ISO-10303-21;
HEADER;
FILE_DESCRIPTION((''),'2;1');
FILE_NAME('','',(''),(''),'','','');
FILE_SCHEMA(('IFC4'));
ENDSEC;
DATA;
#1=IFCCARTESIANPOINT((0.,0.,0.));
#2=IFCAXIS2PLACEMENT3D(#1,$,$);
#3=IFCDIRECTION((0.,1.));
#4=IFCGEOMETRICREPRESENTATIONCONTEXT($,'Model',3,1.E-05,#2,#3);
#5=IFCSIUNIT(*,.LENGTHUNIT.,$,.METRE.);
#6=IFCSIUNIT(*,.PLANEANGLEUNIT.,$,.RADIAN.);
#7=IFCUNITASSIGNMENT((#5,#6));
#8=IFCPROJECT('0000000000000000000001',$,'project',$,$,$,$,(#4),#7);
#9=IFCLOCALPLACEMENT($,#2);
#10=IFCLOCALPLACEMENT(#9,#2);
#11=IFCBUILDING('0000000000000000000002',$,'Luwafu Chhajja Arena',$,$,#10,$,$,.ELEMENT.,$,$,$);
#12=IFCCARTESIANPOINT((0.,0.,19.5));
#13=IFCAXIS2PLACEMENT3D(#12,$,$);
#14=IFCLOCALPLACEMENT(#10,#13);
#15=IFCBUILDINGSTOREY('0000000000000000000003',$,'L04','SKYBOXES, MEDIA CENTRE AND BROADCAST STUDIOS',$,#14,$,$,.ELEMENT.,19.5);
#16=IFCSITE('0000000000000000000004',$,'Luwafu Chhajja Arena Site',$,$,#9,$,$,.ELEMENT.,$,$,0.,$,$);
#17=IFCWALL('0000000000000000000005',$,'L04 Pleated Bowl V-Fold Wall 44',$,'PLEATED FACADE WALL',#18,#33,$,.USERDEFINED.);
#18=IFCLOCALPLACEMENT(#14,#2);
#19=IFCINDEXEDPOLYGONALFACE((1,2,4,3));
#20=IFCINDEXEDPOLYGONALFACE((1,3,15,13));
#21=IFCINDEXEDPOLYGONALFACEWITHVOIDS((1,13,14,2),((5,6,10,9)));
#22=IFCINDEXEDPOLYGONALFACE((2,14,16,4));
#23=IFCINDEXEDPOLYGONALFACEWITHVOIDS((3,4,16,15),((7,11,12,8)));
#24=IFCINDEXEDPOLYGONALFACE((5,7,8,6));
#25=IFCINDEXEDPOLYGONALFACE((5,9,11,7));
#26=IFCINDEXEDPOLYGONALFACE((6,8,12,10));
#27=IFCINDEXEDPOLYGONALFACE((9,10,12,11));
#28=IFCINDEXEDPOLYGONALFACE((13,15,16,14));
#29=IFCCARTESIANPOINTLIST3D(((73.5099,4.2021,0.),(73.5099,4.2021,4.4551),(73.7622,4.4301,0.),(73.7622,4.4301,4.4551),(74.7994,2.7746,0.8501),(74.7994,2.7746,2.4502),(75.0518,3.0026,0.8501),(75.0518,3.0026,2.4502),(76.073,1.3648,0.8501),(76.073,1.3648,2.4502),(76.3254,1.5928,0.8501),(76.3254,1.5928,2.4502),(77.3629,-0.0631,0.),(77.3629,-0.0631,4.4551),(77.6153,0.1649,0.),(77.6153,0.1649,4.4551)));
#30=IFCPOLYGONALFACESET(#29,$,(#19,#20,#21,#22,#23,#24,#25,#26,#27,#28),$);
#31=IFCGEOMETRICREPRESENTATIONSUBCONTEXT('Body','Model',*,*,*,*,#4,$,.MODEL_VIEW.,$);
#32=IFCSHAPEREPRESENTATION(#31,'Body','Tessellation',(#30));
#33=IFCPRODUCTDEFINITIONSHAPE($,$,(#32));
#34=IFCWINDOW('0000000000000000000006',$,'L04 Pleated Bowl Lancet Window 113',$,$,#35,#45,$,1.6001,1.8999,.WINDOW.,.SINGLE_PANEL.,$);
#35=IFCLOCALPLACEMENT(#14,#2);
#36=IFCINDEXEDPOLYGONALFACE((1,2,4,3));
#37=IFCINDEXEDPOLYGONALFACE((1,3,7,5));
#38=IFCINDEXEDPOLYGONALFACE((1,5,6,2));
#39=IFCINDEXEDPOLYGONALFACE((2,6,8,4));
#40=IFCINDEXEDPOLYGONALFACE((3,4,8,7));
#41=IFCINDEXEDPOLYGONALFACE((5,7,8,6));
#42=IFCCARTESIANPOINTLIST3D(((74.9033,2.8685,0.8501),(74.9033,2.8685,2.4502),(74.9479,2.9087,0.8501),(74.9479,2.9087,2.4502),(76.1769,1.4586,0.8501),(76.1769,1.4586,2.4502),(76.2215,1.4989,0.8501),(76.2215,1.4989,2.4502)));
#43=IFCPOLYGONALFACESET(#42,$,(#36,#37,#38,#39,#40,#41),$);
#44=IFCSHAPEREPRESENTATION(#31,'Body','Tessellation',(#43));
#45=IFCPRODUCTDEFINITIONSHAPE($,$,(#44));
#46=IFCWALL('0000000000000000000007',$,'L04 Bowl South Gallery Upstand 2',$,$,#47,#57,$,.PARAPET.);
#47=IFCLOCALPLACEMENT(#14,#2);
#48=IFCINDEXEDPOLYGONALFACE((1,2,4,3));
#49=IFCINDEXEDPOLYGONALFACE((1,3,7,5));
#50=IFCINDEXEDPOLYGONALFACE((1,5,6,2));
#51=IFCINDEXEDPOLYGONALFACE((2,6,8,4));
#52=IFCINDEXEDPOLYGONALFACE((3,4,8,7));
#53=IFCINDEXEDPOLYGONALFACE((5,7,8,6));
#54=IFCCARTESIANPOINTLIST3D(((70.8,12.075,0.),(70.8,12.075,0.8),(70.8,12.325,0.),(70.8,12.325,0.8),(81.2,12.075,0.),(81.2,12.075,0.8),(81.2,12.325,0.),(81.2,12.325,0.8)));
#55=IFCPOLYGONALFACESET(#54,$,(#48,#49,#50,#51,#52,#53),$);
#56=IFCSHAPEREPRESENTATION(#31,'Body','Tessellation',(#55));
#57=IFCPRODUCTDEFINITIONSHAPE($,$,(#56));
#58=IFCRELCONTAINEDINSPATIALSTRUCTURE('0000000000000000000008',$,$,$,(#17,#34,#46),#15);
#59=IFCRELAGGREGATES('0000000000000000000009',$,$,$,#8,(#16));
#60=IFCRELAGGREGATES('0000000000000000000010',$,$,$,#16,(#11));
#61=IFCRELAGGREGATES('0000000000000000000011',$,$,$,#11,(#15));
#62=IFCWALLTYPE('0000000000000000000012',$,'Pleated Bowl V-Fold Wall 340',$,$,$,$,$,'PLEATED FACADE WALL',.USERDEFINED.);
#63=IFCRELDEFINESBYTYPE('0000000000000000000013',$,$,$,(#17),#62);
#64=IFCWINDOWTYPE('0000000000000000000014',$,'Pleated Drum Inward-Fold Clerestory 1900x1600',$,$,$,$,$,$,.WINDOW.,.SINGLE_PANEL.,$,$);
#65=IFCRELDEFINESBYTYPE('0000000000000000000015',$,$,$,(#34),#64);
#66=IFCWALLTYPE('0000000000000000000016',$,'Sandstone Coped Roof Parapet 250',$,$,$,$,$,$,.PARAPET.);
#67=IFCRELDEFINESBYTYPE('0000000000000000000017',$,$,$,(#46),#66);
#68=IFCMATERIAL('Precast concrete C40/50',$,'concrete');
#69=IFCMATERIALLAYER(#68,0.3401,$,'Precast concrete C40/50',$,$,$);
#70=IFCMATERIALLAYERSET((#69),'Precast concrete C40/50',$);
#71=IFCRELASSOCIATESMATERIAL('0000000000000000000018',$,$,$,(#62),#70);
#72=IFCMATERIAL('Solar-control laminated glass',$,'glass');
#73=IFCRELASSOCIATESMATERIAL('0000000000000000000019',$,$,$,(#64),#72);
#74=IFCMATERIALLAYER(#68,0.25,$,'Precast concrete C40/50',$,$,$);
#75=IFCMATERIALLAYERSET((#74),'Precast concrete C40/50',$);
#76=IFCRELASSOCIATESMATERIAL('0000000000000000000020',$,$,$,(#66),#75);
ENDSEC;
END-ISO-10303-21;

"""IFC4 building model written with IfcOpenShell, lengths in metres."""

from ifc_helpers import new_model, si_unit, direction, frame, frame_2d, origin, place, context, subcontext, project, spatial, rectangle, extrude, material, layer, layer_set, type_object, element, fill, save


model = new_model("IFC4")

# Units and contexts
model_context = context("Model", 3, precision=1e-05, world=origin(), true_north=direction((0.0, 1.0)))
body_context = subcontext(model_context, "Body", "Model", "MODEL_VIEW")
ifc_project = project(units=[si_unit("LENGTHUNIT", "METRE"), si_unit("PLANEANGLEUNIT", "RADIAN")], contexts=[model_context])

# Site, building, storey
site_placement = place(None, origin())
site = spatial("IfcSite", under=ifc_project, at=site_placement, Name="Luwafu Chhajja Arena Site", CompositionType="ELEMENT", RefElevation=0.0)
building_placement = place(site_placement, origin())
building = spatial("IfcBuilding", under=site, at=building_placement, Name="Luwafu Chhajja Arena", CompositionType="ELEMENT")
storey_placement = place(building_placement, frame((0.0, 0.0, 19.5)))
storey = spatial("IfcBuildingStorey", under=building, at=storey_placement, Name="L04", Description="SKYBOXES, MEDIA CENTRE AND BROADCAST STUDIOS", CompositionType="ELEMENT", Elevation=19.5)

# Shared definitions
ifc_material_1 = material(Name="Solar-control laminated glass", Category="glass")

# Wall, opening, window
ifc_material_2 = material(Name="Precast concrete C40/50", Category="concrete")
ifc_layer_1 = layer(ifc_material_2, 0.3401, Name="Precast concrete C40/50")
ifc_layer_set_1 = layer_set([ifc_layer_1], Name="Precast concrete C40/50")
wall_type_1 = type_object("IfcWallType", Name="Pleated Bowl V-Fold Wall 340", ElementType="PLEATED FACADE WALL", PredefinedType="USERDEFINED", material=ifc_layer_set_1)
wall_1_placement = place(storey_placement, frame((73.636, 4.3162, 0.0), z_axis=(0.0, 0.0, 1.0), x_axis=(0.670348, -0.742047, 0.0)))
wall_1 = element("IfcWall", 1, at=wall_1_placement, inside=storey, type_object=wall_type_1, Name="L04 Pleated Bowl V-Fold Wall 44", ObjectType="PLEATED FACADE WALL", PredefinedType="USERDEFINED", context=body_context, shape_type="SweptSolid", body=[
    extrude(rectangle(XDim=5.7478, YDim=0.3401, at=frame_2d((2.874, 0.0))), origin(), (0.0, 0.0, 1.0), 4.4551),
])
opening_1_placement = place(wall_1_placement, frame((1.9238, 0.0, 0.8501)))
opening_1 = element("IfcOpeningElement", 2, at=opening_1_placement, cuts=wall_1, PredefinedType="OPENING", context=body_context, shape_type="SweptSolid", body=[
    extrude(rectangle(XDim=1.8999, YDim=1.6001, at=frame_2d((0.95, 0.8))), frame((0.0, 0.1799, 0.0), z_axis=(0.0, -1.0, 0.0), x_axis=(1.0, 0.0, 0.0)), (0.0, 0.0, 1.0), 0.3601),
])
window_type = type_object("IfcWindowType", Name="Pleated Drum Inward-Fold Clerestory 1900x1600", PartitioningType="SINGLE_PANEL", PredefinedType="WINDOW", material=ifc_material_1)
window_placement = place(opening_1_placement, origin())
window = element("IfcWindow", 3, at=window_placement, inside=storey, type_object=window_type, Name="L04 Pleated Bowl Lancet Window 113", OverallHeight=1.6001, OverallWidth=1.8999, PartitioningType="SINGLE_PANEL", PredefinedType="WINDOW", context=body_context, shape_type="SweptSolid", body=[
    extrude(rectangle(XDim=1.8999, YDim=1.6001, at=frame_2d((0.95, 0.8))), frame((0.0, 0.03, 0.0), z_axis=(0.0, -1.0, 0.0), x_axis=(1.0, 0.0, 0.0)), (0.0, 0.0, 1.0), 0.0601),
])
fill(opening_1, window)

# Wall
ifc_layer_2 = layer(ifc_material_2, 0.25, Name="Precast concrete C40/50")
ifc_layer_set_2 = layer_set([ifc_layer_2], Name="Precast concrete C40/50")
wall_type_2 = type_object("IfcWallType", Name="Sandstone Coped Roof Parapet 250", PredefinedType="PARAPET", material=ifc_layer_set_2)
wall_2_placement = place(storey_placement, frame((70.8, 12.2, 0.0), z_axis=(0.0, 0.0, 1.0), x_axis=(1.0, 0.0, 0.0)))
element("IfcWall", 4, at=wall_2_placement, inside=storey, type_object=wall_type_2, Name="L04 Bowl South Gallery Upstand 2", PredefinedType="PARAPET", context=body_context, shape_type="SweptSolid", body=[
    extrude(rectangle(XDim=10.3999, YDim=0.25, at=frame_2d((5.2, 0.0))), origin(), (0.0, 0.0, 1.0), 0.8),
])

save(model, "model.ifc")
